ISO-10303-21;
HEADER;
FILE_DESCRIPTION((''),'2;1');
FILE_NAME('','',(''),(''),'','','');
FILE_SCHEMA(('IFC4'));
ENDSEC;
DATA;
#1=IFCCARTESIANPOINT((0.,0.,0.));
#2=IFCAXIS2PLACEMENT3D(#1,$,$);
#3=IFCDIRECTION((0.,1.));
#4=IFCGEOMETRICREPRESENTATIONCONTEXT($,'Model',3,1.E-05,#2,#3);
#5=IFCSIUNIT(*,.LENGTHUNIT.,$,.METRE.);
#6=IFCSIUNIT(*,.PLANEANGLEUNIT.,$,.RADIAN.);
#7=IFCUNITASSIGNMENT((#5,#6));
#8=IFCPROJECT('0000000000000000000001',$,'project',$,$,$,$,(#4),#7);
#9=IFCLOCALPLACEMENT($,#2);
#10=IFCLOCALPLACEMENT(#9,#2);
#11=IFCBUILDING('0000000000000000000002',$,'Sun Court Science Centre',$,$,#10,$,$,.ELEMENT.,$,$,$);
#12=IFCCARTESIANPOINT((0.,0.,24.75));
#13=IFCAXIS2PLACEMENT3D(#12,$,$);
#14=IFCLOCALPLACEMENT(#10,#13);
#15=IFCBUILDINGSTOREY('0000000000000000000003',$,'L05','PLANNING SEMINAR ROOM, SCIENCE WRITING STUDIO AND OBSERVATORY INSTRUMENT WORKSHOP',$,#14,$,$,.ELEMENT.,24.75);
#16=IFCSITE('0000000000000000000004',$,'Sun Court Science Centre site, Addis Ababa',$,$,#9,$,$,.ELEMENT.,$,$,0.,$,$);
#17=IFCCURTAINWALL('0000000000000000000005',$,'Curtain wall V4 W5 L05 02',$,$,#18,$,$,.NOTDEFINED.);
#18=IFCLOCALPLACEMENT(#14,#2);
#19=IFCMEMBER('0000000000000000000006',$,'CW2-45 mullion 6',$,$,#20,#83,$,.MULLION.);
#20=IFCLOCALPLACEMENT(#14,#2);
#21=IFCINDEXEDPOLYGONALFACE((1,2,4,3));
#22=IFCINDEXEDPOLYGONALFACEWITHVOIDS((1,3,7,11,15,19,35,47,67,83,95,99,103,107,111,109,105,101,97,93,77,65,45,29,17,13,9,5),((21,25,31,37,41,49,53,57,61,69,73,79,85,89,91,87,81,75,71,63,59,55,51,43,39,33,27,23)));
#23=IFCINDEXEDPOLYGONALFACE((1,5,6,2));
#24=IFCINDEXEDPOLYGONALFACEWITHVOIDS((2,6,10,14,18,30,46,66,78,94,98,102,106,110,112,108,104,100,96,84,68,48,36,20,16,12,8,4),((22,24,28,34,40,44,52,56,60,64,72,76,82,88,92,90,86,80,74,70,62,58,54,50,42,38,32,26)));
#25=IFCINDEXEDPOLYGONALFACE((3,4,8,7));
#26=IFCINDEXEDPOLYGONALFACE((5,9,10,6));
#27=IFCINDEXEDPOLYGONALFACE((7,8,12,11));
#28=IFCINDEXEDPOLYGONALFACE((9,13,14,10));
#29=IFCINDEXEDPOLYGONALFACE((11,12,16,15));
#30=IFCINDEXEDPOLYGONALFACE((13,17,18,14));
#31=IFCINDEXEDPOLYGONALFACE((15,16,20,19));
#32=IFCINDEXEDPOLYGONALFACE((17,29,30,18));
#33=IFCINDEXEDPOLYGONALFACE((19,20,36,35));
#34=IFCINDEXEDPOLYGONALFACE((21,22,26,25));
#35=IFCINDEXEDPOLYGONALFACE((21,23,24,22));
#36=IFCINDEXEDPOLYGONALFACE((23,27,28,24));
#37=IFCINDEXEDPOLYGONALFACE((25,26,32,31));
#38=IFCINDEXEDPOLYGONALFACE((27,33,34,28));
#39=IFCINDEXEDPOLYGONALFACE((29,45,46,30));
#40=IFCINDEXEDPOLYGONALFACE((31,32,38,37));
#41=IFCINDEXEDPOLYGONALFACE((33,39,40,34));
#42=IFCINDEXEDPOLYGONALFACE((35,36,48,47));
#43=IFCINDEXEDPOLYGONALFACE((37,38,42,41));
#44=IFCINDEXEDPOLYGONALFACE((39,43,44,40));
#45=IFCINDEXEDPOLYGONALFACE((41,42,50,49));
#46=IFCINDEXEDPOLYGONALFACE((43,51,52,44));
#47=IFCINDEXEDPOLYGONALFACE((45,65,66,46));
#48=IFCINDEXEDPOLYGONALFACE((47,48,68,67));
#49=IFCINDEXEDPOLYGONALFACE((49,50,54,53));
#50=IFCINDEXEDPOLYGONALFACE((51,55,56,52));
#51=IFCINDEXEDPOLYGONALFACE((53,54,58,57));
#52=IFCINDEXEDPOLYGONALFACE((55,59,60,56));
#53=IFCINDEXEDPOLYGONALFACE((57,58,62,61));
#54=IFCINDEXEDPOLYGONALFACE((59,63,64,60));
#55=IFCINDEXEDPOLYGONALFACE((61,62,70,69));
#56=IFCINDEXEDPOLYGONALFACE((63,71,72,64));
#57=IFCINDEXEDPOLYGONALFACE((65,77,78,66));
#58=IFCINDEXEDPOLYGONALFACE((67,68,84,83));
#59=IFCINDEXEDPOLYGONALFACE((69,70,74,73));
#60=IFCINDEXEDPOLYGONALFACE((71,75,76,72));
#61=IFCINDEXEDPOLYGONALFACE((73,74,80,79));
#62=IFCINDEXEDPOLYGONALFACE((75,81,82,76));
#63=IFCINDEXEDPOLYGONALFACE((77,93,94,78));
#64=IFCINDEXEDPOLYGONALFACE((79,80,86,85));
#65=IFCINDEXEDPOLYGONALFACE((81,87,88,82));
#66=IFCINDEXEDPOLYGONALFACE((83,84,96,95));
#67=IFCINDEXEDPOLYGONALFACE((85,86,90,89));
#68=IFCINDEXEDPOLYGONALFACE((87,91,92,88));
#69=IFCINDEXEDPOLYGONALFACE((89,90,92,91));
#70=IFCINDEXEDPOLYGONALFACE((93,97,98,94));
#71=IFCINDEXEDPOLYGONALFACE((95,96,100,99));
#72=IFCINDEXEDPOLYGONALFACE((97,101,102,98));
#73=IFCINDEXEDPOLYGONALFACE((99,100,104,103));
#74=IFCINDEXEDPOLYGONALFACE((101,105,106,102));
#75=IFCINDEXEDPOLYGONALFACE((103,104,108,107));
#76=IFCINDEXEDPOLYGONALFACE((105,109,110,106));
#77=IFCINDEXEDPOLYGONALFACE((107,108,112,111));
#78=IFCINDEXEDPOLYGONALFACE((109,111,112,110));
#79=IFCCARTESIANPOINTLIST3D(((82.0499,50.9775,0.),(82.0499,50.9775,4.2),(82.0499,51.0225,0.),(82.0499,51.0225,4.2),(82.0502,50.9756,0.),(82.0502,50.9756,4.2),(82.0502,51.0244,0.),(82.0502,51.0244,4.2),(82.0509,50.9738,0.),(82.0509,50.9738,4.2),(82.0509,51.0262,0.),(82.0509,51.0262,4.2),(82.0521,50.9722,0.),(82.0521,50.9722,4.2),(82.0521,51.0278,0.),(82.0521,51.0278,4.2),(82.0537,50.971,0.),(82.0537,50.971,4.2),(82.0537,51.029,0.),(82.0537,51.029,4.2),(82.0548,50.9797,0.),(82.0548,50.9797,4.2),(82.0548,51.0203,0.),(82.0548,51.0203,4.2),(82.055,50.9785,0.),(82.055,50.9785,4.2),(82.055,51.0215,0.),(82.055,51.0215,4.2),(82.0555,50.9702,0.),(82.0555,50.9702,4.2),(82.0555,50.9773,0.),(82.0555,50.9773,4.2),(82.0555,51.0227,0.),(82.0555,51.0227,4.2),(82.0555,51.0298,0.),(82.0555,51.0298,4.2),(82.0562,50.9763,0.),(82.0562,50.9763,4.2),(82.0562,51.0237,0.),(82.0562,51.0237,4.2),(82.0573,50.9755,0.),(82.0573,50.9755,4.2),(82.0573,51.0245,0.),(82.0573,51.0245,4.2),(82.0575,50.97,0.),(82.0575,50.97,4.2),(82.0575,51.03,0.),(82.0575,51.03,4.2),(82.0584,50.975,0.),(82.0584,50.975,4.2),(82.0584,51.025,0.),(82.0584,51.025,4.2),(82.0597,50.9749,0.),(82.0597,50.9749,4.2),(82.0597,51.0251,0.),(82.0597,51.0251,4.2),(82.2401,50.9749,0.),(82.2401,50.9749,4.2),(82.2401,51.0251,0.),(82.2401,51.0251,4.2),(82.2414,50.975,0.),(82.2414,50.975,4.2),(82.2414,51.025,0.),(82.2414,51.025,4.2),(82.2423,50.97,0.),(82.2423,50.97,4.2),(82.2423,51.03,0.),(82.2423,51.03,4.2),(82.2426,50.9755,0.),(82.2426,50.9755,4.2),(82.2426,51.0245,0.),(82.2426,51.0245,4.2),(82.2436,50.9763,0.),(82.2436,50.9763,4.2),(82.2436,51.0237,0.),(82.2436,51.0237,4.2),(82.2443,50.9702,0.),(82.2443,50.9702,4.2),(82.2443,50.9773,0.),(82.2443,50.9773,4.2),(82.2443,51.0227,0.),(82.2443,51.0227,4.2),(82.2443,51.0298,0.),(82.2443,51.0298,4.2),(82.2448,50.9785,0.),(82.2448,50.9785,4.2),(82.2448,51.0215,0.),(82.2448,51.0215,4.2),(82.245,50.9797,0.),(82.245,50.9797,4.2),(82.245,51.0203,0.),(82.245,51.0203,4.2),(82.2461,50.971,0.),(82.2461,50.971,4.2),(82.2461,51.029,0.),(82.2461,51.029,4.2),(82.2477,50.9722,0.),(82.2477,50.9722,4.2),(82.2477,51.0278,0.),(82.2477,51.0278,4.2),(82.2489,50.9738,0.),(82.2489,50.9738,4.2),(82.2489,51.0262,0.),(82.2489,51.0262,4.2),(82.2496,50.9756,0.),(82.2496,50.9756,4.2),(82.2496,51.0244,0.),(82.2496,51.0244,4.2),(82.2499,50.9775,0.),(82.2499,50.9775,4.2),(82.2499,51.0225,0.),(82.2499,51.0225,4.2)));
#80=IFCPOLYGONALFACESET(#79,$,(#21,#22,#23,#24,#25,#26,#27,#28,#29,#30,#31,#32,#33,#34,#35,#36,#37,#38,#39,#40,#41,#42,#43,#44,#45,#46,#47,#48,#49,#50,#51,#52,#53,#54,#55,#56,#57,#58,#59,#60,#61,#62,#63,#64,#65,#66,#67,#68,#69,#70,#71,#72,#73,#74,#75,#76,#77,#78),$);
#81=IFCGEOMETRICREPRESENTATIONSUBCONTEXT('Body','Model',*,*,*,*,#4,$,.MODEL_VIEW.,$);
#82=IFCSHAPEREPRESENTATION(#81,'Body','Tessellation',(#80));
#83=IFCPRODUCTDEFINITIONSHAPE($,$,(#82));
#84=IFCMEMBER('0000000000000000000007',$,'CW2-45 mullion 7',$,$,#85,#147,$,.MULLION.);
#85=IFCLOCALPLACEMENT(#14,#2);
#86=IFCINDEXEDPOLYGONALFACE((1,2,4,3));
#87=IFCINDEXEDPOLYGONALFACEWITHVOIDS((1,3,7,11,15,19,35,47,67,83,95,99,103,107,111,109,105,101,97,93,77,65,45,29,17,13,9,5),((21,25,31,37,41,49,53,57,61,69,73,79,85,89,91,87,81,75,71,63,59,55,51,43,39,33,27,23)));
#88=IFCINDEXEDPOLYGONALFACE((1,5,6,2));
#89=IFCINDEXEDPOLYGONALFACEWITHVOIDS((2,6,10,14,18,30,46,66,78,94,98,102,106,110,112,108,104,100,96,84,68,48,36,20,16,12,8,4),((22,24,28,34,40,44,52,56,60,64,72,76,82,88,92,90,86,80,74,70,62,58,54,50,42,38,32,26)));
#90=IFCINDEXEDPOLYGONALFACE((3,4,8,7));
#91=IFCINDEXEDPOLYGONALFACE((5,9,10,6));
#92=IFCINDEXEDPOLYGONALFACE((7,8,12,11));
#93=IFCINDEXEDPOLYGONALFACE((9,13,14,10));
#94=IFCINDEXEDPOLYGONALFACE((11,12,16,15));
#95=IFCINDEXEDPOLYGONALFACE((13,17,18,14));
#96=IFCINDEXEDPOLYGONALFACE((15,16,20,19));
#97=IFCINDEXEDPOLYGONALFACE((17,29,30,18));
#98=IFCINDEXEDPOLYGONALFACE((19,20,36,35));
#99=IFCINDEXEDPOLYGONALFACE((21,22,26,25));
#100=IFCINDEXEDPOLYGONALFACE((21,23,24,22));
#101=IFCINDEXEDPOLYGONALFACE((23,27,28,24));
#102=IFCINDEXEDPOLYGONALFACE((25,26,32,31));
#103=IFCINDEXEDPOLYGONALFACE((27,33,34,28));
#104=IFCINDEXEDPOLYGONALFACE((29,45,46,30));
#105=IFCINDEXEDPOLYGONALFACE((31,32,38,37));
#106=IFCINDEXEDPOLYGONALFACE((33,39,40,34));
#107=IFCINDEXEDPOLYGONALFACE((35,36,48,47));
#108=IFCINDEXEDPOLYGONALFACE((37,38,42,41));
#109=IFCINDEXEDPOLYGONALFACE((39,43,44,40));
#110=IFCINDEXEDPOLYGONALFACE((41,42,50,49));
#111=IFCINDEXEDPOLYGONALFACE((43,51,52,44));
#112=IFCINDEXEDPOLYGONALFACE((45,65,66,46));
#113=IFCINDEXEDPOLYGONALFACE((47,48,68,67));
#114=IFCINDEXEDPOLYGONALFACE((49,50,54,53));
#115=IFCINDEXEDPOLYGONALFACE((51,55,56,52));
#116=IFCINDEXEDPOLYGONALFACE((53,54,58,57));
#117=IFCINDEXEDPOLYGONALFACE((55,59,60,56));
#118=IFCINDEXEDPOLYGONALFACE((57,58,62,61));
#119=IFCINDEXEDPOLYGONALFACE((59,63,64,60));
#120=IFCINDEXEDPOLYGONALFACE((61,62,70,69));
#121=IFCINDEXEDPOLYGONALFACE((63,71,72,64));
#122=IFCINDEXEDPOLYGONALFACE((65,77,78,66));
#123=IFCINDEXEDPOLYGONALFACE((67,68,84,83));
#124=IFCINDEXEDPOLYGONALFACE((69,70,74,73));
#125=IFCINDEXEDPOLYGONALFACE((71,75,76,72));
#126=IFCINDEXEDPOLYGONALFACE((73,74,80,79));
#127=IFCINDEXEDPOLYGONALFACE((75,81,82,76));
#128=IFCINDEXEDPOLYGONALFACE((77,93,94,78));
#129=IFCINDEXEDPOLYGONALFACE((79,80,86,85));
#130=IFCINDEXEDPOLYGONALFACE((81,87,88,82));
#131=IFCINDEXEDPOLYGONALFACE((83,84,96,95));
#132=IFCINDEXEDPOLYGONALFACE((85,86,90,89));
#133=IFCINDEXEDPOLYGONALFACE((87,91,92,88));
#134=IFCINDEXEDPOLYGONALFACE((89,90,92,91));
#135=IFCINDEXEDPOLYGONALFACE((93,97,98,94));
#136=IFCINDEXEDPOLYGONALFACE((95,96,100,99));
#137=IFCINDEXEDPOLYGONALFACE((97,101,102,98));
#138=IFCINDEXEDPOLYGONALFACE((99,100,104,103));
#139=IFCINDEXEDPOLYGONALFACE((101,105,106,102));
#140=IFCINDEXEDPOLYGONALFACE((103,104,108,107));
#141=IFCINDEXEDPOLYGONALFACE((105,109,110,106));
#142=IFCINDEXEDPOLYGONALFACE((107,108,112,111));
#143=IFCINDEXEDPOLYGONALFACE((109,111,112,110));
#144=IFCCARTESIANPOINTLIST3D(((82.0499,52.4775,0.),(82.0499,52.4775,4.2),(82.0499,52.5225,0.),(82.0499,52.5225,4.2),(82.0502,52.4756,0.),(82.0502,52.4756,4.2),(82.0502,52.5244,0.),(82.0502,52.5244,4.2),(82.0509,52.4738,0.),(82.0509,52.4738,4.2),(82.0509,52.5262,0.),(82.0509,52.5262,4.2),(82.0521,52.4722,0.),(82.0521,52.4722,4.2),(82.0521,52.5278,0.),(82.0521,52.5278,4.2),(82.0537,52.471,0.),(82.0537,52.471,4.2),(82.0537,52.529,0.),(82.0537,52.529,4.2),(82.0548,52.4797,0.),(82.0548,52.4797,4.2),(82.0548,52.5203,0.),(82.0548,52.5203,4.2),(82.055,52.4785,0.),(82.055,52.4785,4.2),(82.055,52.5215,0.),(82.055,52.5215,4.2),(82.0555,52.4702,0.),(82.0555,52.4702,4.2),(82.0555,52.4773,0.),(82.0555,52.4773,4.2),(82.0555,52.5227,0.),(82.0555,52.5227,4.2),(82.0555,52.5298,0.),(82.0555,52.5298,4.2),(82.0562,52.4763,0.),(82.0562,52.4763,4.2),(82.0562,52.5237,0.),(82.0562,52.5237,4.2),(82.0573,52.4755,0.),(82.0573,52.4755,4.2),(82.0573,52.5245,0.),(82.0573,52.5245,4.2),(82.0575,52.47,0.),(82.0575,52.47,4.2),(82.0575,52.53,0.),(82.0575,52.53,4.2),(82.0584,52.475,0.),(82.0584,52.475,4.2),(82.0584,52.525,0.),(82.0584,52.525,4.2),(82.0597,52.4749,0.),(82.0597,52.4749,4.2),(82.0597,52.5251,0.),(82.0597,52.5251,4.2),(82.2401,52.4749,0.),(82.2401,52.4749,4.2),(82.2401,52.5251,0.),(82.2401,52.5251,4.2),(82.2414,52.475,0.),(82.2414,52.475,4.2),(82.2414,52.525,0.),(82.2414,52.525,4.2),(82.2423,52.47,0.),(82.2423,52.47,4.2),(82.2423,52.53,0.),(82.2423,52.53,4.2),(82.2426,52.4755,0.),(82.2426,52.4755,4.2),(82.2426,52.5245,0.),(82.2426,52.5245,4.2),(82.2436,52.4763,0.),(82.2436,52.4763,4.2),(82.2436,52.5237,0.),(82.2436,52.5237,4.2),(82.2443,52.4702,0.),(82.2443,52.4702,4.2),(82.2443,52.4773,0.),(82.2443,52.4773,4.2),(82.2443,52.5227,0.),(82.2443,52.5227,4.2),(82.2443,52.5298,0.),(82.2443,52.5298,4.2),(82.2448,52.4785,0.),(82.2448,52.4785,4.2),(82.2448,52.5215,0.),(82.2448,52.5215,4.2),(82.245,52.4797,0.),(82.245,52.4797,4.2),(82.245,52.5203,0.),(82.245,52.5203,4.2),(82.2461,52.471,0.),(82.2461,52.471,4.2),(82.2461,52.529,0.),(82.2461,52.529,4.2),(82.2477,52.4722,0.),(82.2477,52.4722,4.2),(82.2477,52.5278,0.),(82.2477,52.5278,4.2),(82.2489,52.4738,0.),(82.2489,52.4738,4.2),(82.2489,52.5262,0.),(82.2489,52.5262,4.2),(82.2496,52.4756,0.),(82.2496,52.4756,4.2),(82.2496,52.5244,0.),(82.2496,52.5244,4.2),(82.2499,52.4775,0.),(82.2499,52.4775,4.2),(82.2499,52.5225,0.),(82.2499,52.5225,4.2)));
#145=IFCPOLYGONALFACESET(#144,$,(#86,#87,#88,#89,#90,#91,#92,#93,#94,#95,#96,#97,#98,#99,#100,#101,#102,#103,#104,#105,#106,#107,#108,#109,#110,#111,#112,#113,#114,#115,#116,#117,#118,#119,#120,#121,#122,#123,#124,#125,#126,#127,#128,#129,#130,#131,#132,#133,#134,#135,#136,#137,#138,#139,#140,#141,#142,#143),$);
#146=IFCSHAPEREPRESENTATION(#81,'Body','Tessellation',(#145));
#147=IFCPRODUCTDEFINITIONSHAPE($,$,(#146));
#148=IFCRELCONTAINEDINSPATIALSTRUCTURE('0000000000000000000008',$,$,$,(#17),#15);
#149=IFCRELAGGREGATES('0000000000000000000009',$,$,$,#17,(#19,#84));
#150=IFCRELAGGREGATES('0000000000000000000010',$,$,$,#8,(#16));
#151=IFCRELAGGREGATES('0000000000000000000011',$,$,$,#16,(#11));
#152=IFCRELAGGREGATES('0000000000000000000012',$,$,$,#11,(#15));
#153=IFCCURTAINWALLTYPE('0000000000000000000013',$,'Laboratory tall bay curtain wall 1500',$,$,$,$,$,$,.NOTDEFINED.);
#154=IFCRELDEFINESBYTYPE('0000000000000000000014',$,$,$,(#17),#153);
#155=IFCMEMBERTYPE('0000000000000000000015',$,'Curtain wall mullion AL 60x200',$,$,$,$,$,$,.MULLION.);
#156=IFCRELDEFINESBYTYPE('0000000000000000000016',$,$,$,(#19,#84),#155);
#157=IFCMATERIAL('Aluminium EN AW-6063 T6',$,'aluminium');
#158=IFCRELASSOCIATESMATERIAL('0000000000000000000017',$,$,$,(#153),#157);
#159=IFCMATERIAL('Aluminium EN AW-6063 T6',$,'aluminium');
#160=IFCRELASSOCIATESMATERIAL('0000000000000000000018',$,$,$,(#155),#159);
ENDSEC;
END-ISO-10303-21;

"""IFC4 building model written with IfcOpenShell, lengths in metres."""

from ifc_helpers import new_model, si_unit, direction, frame, origin, origin_2d, place, context, subcontext, project, spatial, hollow_rectangle, extrude, material, material_profile, profile_set, type_object, element, aggregate, save


model = new_model("IFC4")

# Units and contexts
model_context = context("Model", 3, precision=1e-05, world=origin(), true_north=direction((0.0, 1.0)))
body_context = subcontext(model_context, "Body", "Model", "MODEL_VIEW")
ifc_project = project(units=[si_unit("LENGTHUNIT", "METRE"), si_unit("PLANEANGLEUNIT", "RADIAN")], contexts=[model_context])

# Site, building, storey
site_placement = place(None, origin())
site = spatial("IfcSite", under=ifc_project, at=site_placement, Name="Sun Court Science Centre site, Addis Ababa", CompositionType="ELEMENT", RefElevation=0.0)
building_placement = place(site_placement, origin())
building = spatial("IfcBuilding", under=site, at=building_placement, Name="Sun Court Science Centre", CompositionType="ELEMENT")
storey_placement = place(building_placement, frame((0.0, 0.0, 24.75)))
storey = spatial("IfcBuildingStorey", under=building, at=storey_placement, Name="L05", Description="PLANNING SEMINAR ROOM, SCIENCE WRITING STUDIO AND OBSERVATORY INSTRUMENT WORKSHOP", CompositionType="ELEMENT", Elevation=24.75)

# Curtain wall, members
ifc_material_1 = material(Name="Aluminium EN AW-6063 T6", Category="aluminium")
curtain_wall_type = type_object("IfcCurtainWallType", Name="Laboratory tall bay curtain wall 1500", PredefinedType="NOTDEFINED", material=ifc_material_1)
curtain_wall_placement = place(storey_placement, origin())
curtain_wall = element("IfcCurtainWall", 1, at=curtain_wall_placement, inside=storey, type_object=curtain_wall_type, Name="Curtain wall V4 W5 L05 02", PredefinedType="NOTDEFINED")
ifc_material_2 = material(Name="Aluminium EN AW-6063 T6", Category="aluminium")
ifc_material_profile_1 = material_profile(ifc_material_2, hollow_rectangle(XDim=0.0601, YDim=0.2, WallThickness=0.0049, InnerFilletRadius=0.0049, OuterFilletRadius=0.0076, at=origin_2d()), Name="AL 60x200x5")
ifc_profile_set_1 = profile_set([ifc_material_profile_1], Name="Aluminium EN AW-6063 T6")
member_type_1 = type_object("IfcMemberType", Name="Curtain wall mullion AL 60x200", PredefinedType="MULLION", material=ifc_profile_set_1)
member_1_placement = place(storey_placement, frame((82.1499, 51.0, 0.0), z_axis=(0.0, 0.0, 1.0), x_axis=(0.0, 1.0, 0.0)))
member_1 = element("IfcMember", 2, at=member_1_placement, type_object=member_type_1, Name="CW2-45 mullion 6", PredefinedType="MULLION", context=body_context, shape_type="SweptSolid", body=[
    extrude(hollow_rectangle(XDim=0.0601, YDim=0.2, WallThickness=0.0049, InnerFilletRadius=0.0049, OuterFilletRadius=0.0076, at=origin_2d()), origin(), (0.0, 0.0, 1.0), 4.2),
])
member_2_placement = place(storey_placement, frame((82.1499, 52.5, 0.0), z_axis=(0.0, 0.0, 1.0), x_axis=(0.0, 1.0, 0.0)))
member_2 = element("IfcMember", 3, at=member_2_placement, type_object=member_type_1, Name="CW2-45 mullion 7", PredefinedType="MULLION", context=body_context, shape_type="SweptSolid", body=[
    extrude(hollow_rectangle(XDim=0.0601, YDim=0.2, WallThickness=0.0049, InnerFilletRadius=0.0049, OuterFilletRadius=0.0076, at=origin_2d()), origin(), (0.0, 0.0, 1.0), 4.2),
])

aggregate(curtain_wall, [member_1, member_2])

save(model, "model.ifc")
